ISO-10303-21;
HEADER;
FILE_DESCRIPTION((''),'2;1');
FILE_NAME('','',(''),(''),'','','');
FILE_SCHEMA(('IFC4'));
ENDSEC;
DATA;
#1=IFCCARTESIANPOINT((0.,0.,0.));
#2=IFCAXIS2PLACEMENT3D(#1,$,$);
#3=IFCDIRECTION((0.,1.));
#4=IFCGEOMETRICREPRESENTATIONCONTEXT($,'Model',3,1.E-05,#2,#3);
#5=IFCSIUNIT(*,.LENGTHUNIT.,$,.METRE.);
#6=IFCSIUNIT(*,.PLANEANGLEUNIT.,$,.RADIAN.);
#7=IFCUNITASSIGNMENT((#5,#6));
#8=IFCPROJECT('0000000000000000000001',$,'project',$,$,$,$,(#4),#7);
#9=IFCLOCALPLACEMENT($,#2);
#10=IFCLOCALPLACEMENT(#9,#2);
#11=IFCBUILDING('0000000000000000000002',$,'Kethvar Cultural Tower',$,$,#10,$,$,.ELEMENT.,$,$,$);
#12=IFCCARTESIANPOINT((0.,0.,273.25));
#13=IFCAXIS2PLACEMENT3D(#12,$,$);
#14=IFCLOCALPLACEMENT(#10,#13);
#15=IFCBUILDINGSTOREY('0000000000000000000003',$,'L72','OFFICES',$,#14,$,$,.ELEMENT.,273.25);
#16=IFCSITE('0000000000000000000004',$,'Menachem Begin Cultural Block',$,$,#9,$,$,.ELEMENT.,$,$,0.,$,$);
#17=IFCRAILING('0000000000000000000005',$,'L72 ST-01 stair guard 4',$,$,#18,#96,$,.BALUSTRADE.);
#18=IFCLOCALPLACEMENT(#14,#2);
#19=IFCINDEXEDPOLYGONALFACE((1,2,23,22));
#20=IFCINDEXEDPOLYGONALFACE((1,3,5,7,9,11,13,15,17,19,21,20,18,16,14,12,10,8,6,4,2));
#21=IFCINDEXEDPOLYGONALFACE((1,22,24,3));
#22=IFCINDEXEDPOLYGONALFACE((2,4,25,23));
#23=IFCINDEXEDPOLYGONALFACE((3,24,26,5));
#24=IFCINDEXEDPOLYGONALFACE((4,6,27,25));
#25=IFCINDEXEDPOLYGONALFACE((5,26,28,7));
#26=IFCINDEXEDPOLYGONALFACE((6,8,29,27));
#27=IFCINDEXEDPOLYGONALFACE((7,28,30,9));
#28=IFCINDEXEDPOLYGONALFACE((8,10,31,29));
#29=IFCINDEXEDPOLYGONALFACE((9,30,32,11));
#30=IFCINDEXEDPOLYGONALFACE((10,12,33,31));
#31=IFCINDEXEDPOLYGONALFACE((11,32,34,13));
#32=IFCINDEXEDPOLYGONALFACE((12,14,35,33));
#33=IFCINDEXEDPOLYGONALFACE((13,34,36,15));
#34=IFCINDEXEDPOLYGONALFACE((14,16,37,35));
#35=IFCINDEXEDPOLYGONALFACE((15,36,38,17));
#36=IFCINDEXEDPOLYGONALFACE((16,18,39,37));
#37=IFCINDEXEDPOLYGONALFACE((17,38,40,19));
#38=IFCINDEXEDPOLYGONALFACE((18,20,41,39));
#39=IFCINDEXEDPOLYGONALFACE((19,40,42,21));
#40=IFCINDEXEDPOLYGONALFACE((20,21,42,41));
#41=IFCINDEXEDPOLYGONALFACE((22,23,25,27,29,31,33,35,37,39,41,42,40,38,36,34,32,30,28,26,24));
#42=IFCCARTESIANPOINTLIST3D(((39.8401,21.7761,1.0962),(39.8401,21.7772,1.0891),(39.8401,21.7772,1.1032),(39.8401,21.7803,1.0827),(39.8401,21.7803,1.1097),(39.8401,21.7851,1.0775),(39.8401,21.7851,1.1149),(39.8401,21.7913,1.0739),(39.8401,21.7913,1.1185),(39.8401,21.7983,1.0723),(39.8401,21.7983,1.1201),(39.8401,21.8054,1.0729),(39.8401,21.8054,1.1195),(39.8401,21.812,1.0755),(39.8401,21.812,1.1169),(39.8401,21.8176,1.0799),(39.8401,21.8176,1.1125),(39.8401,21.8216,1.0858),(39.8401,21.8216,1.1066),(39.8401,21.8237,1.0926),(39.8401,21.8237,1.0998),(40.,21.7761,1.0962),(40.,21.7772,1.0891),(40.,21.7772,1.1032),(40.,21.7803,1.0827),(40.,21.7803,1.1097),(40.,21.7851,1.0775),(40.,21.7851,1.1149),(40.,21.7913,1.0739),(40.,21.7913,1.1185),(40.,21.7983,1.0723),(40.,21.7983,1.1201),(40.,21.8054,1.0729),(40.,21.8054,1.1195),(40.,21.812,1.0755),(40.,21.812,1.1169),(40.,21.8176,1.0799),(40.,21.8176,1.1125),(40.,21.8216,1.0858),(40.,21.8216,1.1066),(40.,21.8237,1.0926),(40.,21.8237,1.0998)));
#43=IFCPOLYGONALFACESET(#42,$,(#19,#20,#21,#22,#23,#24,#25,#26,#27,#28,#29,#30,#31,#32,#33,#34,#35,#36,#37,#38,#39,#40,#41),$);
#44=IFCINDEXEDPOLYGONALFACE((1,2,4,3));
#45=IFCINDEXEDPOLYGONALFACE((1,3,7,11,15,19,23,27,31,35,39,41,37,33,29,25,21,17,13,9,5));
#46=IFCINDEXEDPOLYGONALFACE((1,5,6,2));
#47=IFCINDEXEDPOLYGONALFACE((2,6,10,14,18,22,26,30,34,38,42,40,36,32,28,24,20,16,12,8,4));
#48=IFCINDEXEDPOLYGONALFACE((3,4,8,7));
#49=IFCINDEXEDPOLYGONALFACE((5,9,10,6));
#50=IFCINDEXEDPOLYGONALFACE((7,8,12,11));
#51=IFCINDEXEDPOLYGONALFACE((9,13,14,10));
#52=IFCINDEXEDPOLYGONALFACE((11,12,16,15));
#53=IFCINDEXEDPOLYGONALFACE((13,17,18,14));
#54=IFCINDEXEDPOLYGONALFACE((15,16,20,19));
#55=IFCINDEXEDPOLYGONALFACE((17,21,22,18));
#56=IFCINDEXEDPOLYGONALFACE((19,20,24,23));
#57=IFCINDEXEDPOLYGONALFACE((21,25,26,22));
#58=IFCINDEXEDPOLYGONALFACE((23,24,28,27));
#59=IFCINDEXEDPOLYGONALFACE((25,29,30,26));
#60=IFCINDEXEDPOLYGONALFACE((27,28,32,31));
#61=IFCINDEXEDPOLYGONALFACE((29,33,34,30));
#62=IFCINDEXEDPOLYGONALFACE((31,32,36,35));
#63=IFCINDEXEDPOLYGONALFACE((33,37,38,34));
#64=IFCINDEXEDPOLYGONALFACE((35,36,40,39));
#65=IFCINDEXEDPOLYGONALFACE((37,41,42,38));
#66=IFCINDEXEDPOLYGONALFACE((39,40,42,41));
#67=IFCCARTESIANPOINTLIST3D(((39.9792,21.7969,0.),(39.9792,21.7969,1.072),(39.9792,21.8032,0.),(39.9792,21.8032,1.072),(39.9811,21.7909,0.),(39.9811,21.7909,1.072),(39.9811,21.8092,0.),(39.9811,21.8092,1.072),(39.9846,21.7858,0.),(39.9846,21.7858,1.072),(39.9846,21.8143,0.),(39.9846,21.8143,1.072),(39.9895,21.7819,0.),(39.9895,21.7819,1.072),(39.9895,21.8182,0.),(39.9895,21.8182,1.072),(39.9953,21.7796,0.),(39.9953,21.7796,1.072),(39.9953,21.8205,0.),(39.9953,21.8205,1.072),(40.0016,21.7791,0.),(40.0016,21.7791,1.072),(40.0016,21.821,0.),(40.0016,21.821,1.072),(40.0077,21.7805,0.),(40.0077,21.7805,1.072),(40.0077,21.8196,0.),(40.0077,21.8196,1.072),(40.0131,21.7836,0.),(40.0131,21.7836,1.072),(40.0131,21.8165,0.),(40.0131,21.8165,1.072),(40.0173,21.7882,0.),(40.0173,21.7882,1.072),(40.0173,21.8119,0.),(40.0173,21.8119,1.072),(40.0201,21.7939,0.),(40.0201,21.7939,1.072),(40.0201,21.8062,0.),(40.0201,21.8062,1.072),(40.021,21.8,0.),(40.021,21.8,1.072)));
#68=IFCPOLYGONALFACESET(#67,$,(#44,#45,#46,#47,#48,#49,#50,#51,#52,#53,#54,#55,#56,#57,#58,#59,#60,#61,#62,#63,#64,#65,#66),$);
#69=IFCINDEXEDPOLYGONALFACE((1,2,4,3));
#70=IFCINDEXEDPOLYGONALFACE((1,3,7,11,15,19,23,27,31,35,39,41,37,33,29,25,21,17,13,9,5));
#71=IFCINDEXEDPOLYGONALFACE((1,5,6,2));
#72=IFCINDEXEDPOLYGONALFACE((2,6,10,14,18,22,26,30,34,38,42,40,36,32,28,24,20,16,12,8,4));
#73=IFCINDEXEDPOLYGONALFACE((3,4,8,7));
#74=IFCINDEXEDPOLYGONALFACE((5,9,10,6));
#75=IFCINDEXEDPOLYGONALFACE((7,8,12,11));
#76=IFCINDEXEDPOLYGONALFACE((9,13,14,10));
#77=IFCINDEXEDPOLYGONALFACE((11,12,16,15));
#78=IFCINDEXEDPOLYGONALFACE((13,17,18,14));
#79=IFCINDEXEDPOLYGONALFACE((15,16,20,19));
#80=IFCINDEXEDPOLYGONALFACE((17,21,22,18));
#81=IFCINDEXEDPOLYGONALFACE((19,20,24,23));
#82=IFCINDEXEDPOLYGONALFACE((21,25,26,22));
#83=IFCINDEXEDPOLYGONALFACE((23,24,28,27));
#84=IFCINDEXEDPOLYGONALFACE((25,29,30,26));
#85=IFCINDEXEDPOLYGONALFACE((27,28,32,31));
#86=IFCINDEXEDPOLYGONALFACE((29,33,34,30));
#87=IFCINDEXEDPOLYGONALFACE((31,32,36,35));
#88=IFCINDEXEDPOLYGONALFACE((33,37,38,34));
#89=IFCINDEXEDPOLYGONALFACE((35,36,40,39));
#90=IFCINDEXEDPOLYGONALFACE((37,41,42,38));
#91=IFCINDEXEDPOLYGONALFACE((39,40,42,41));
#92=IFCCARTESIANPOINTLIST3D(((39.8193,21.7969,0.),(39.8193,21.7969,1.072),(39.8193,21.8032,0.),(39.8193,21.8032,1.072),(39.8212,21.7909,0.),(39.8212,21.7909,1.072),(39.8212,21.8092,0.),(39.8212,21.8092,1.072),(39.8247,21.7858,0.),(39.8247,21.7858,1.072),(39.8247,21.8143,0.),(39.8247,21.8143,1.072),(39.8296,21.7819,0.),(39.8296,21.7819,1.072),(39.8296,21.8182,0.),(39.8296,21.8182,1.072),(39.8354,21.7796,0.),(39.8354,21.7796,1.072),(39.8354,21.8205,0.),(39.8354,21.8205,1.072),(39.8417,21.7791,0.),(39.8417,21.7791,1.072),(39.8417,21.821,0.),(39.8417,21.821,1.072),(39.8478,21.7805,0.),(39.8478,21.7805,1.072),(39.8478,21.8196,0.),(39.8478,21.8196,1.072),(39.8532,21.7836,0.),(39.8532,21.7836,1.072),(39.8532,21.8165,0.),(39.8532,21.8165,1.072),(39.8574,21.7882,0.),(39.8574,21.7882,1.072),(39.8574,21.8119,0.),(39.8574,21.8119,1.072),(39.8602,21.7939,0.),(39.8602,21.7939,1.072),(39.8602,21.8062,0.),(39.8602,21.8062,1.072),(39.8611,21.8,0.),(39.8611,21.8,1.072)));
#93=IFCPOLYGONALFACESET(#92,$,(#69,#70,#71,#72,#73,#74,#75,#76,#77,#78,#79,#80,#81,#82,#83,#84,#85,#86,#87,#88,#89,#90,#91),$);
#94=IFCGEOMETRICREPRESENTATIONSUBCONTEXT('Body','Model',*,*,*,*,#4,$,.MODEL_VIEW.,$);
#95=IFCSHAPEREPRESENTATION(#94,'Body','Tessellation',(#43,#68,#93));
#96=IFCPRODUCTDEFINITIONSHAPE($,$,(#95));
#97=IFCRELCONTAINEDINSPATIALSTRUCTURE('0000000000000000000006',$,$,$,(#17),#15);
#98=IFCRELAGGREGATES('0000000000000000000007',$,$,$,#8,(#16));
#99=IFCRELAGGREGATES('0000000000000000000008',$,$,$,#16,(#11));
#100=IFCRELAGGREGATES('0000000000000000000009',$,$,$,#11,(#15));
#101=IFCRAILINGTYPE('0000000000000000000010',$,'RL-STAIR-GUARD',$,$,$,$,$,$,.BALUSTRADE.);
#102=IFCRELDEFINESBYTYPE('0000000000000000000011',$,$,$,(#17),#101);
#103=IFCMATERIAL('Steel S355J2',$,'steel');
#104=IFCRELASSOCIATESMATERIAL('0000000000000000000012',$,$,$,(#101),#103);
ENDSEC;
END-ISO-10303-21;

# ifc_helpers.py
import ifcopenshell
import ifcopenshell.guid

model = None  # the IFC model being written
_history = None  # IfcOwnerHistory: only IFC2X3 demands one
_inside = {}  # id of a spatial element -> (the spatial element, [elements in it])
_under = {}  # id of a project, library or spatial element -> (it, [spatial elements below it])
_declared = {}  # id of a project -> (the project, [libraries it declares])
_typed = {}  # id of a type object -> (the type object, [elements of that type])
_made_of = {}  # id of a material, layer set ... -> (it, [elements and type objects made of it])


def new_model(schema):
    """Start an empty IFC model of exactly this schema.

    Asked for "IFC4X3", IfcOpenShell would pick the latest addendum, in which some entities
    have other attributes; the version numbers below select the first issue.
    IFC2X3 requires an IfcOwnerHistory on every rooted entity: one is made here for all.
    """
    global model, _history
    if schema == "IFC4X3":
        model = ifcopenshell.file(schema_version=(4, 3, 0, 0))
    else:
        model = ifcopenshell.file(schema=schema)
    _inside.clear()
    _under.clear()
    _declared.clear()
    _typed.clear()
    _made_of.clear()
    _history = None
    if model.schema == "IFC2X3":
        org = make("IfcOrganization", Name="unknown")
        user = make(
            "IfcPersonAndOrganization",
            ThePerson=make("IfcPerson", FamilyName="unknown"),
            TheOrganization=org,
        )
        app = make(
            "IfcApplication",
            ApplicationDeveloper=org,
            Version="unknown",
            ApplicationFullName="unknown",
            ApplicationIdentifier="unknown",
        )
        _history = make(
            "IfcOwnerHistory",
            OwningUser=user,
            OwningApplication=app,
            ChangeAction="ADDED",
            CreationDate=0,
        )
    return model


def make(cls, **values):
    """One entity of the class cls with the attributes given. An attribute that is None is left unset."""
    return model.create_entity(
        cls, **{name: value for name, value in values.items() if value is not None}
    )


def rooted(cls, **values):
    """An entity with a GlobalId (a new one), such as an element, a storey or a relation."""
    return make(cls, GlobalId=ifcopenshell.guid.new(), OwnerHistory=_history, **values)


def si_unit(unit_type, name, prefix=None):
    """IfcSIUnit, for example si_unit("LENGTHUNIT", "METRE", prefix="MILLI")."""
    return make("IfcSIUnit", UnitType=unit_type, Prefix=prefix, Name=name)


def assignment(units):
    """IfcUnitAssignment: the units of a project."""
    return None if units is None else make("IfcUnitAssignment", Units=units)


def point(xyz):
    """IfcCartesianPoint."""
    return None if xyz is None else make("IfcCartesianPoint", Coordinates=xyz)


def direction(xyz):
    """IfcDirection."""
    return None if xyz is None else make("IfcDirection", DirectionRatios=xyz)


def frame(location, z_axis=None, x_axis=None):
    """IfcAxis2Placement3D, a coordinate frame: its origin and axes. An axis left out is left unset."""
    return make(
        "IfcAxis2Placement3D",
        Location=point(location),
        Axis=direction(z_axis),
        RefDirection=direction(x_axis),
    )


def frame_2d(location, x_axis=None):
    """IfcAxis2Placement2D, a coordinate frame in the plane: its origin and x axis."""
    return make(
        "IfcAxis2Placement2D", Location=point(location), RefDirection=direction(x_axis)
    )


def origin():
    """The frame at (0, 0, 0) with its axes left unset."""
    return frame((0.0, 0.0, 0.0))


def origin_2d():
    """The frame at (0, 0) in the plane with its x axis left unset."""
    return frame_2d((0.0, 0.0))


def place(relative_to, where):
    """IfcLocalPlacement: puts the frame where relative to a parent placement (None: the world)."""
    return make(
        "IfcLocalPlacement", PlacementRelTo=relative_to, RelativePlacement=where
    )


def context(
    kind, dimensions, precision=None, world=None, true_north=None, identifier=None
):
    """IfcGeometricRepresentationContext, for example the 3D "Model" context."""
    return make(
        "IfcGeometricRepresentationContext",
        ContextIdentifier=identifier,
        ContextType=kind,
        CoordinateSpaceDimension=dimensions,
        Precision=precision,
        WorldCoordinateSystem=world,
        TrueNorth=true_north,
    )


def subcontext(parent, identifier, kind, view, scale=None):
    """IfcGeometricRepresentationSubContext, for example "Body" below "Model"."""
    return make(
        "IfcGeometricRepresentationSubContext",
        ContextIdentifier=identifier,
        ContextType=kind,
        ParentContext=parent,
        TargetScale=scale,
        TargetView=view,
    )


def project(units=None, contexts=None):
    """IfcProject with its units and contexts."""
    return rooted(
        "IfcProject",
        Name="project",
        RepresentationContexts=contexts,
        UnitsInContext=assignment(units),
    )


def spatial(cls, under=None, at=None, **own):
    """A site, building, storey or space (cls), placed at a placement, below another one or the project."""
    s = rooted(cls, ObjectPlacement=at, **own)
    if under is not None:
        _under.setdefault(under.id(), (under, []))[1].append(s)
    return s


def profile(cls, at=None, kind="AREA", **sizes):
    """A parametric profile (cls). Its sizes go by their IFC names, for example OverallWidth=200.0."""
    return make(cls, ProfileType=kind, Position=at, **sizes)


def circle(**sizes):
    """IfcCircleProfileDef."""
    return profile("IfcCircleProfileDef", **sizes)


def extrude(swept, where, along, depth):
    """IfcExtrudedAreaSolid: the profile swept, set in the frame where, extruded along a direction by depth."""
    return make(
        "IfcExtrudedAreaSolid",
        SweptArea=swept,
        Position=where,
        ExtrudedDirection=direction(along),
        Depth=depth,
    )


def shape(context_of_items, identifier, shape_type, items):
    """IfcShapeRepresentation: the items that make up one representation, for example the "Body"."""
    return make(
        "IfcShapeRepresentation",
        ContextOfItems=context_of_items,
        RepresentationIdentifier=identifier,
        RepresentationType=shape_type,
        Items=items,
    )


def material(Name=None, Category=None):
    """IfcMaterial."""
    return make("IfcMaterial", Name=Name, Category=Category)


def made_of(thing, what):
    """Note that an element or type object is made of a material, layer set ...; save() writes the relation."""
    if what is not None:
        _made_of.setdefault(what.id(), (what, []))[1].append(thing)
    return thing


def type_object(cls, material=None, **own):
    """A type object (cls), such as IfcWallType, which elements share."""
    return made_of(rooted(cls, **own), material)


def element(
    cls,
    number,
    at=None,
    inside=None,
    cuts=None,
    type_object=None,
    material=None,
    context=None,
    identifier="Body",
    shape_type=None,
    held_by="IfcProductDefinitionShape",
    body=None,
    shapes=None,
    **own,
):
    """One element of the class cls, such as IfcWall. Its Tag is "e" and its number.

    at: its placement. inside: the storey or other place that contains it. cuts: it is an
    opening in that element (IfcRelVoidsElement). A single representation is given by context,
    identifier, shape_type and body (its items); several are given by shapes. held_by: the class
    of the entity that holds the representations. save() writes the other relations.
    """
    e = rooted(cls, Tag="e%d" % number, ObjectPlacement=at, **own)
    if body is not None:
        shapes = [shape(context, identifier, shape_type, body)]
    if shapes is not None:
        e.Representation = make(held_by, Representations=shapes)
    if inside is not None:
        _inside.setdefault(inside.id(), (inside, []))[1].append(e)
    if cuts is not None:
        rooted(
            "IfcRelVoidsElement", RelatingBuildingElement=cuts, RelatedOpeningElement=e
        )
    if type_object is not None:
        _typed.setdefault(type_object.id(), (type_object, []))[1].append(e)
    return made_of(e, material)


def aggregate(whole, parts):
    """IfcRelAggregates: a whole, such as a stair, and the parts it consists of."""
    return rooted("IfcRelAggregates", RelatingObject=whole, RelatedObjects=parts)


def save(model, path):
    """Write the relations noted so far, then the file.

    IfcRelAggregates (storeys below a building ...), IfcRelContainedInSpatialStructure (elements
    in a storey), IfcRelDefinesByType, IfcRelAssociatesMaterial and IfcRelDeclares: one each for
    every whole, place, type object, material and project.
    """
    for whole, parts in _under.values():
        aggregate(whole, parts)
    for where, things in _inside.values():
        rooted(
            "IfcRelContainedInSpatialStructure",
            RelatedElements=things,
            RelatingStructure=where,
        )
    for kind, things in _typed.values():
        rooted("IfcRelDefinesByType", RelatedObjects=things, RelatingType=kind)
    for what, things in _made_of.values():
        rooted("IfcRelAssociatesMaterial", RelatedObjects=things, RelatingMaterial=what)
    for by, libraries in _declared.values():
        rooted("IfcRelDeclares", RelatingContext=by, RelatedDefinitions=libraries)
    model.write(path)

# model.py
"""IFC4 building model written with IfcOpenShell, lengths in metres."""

from ifc_helpers import new_model, si_unit, direction, frame, origin, origin_2d, place, context, subcontext, project, spatial, circle, extrude, material, type_object, element, save


model = new_model("IFC4")

# Units and contexts
model_context = context("Model", 3, precision=1e-05, world=origin(), true_north=direction((0.0, 1.0)))
body_context = subcontext(model_context, "Body", "Model", "MODEL_VIEW")
ifc_project = project(units=[si_unit("LENGTHUNIT", "METRE"), si_unit("PLANEANGLEUNIT", "RADIAN")], contexts=[model_context])

# Site, building, storey
site_placement = place(None, origin())
site = spatial("IfcSite", under=ifc_project, at=site_placement, Name="Menachem Begin Cultural Block", CompositionType="ELEMENT", RefElevation=0.0)
building_placement = place(site_placement, origin())
building = spatial("IfcBuilding", under=site, at=building_placement, Name="Kethvar Cultural Tower", CompositionType="ELEMENT")
storey_placement = place(building_placement, frame((0.0, 0.0, 273.25)))
storey = spatial("IfcBuildingStorey", under=building, at=storey_placement, Name="L72", Description="OFFICES", CompositionType="ELEMENT", Elevation=273.25)

# Shared definitions
ifc_material_1 = material(Name="Steel S355J2", Category="steel")

# Railing
railing_type_1 = type_object("IfcRailingType", Name="RL-STAIR-GUARD", PredefinedType="BALUSTRADE", material=ifc_material_1)
railing_1_placement = place(storey_placement, frame((40.0, 21.8, 0.0)))
element("IfcRailing", 1, at=railing_1_placement, inside=storey, type_object=railing_type_1, Name="L72 ST-01 stair guard 4", PredefinedType="BALUSTRADE", context=body_context, shape_type="SweptSolid", body=[
    extrude(circle(Radius=0.0239, at=origin_2d()), frame((0.0, 0.0, 1.0962), z_axis=(-1.0, 0.0, 0.0), x_axis=(0.0, -1.0, 0.0)), (0.0, 0.0, 1.0), 0.1599),
    extrude(circle(Radius=0.021, at=origin_2d()), origin(), (0.0, 0.0, 1.0), 1.072),
    extrude(circle(Radius=0.021, at=origin_2d()), frame((-0.1599, 0.0, 0.0)), (0.0, 0.0, 1.0), 1.072),
])

save(model, "model.ifc")
